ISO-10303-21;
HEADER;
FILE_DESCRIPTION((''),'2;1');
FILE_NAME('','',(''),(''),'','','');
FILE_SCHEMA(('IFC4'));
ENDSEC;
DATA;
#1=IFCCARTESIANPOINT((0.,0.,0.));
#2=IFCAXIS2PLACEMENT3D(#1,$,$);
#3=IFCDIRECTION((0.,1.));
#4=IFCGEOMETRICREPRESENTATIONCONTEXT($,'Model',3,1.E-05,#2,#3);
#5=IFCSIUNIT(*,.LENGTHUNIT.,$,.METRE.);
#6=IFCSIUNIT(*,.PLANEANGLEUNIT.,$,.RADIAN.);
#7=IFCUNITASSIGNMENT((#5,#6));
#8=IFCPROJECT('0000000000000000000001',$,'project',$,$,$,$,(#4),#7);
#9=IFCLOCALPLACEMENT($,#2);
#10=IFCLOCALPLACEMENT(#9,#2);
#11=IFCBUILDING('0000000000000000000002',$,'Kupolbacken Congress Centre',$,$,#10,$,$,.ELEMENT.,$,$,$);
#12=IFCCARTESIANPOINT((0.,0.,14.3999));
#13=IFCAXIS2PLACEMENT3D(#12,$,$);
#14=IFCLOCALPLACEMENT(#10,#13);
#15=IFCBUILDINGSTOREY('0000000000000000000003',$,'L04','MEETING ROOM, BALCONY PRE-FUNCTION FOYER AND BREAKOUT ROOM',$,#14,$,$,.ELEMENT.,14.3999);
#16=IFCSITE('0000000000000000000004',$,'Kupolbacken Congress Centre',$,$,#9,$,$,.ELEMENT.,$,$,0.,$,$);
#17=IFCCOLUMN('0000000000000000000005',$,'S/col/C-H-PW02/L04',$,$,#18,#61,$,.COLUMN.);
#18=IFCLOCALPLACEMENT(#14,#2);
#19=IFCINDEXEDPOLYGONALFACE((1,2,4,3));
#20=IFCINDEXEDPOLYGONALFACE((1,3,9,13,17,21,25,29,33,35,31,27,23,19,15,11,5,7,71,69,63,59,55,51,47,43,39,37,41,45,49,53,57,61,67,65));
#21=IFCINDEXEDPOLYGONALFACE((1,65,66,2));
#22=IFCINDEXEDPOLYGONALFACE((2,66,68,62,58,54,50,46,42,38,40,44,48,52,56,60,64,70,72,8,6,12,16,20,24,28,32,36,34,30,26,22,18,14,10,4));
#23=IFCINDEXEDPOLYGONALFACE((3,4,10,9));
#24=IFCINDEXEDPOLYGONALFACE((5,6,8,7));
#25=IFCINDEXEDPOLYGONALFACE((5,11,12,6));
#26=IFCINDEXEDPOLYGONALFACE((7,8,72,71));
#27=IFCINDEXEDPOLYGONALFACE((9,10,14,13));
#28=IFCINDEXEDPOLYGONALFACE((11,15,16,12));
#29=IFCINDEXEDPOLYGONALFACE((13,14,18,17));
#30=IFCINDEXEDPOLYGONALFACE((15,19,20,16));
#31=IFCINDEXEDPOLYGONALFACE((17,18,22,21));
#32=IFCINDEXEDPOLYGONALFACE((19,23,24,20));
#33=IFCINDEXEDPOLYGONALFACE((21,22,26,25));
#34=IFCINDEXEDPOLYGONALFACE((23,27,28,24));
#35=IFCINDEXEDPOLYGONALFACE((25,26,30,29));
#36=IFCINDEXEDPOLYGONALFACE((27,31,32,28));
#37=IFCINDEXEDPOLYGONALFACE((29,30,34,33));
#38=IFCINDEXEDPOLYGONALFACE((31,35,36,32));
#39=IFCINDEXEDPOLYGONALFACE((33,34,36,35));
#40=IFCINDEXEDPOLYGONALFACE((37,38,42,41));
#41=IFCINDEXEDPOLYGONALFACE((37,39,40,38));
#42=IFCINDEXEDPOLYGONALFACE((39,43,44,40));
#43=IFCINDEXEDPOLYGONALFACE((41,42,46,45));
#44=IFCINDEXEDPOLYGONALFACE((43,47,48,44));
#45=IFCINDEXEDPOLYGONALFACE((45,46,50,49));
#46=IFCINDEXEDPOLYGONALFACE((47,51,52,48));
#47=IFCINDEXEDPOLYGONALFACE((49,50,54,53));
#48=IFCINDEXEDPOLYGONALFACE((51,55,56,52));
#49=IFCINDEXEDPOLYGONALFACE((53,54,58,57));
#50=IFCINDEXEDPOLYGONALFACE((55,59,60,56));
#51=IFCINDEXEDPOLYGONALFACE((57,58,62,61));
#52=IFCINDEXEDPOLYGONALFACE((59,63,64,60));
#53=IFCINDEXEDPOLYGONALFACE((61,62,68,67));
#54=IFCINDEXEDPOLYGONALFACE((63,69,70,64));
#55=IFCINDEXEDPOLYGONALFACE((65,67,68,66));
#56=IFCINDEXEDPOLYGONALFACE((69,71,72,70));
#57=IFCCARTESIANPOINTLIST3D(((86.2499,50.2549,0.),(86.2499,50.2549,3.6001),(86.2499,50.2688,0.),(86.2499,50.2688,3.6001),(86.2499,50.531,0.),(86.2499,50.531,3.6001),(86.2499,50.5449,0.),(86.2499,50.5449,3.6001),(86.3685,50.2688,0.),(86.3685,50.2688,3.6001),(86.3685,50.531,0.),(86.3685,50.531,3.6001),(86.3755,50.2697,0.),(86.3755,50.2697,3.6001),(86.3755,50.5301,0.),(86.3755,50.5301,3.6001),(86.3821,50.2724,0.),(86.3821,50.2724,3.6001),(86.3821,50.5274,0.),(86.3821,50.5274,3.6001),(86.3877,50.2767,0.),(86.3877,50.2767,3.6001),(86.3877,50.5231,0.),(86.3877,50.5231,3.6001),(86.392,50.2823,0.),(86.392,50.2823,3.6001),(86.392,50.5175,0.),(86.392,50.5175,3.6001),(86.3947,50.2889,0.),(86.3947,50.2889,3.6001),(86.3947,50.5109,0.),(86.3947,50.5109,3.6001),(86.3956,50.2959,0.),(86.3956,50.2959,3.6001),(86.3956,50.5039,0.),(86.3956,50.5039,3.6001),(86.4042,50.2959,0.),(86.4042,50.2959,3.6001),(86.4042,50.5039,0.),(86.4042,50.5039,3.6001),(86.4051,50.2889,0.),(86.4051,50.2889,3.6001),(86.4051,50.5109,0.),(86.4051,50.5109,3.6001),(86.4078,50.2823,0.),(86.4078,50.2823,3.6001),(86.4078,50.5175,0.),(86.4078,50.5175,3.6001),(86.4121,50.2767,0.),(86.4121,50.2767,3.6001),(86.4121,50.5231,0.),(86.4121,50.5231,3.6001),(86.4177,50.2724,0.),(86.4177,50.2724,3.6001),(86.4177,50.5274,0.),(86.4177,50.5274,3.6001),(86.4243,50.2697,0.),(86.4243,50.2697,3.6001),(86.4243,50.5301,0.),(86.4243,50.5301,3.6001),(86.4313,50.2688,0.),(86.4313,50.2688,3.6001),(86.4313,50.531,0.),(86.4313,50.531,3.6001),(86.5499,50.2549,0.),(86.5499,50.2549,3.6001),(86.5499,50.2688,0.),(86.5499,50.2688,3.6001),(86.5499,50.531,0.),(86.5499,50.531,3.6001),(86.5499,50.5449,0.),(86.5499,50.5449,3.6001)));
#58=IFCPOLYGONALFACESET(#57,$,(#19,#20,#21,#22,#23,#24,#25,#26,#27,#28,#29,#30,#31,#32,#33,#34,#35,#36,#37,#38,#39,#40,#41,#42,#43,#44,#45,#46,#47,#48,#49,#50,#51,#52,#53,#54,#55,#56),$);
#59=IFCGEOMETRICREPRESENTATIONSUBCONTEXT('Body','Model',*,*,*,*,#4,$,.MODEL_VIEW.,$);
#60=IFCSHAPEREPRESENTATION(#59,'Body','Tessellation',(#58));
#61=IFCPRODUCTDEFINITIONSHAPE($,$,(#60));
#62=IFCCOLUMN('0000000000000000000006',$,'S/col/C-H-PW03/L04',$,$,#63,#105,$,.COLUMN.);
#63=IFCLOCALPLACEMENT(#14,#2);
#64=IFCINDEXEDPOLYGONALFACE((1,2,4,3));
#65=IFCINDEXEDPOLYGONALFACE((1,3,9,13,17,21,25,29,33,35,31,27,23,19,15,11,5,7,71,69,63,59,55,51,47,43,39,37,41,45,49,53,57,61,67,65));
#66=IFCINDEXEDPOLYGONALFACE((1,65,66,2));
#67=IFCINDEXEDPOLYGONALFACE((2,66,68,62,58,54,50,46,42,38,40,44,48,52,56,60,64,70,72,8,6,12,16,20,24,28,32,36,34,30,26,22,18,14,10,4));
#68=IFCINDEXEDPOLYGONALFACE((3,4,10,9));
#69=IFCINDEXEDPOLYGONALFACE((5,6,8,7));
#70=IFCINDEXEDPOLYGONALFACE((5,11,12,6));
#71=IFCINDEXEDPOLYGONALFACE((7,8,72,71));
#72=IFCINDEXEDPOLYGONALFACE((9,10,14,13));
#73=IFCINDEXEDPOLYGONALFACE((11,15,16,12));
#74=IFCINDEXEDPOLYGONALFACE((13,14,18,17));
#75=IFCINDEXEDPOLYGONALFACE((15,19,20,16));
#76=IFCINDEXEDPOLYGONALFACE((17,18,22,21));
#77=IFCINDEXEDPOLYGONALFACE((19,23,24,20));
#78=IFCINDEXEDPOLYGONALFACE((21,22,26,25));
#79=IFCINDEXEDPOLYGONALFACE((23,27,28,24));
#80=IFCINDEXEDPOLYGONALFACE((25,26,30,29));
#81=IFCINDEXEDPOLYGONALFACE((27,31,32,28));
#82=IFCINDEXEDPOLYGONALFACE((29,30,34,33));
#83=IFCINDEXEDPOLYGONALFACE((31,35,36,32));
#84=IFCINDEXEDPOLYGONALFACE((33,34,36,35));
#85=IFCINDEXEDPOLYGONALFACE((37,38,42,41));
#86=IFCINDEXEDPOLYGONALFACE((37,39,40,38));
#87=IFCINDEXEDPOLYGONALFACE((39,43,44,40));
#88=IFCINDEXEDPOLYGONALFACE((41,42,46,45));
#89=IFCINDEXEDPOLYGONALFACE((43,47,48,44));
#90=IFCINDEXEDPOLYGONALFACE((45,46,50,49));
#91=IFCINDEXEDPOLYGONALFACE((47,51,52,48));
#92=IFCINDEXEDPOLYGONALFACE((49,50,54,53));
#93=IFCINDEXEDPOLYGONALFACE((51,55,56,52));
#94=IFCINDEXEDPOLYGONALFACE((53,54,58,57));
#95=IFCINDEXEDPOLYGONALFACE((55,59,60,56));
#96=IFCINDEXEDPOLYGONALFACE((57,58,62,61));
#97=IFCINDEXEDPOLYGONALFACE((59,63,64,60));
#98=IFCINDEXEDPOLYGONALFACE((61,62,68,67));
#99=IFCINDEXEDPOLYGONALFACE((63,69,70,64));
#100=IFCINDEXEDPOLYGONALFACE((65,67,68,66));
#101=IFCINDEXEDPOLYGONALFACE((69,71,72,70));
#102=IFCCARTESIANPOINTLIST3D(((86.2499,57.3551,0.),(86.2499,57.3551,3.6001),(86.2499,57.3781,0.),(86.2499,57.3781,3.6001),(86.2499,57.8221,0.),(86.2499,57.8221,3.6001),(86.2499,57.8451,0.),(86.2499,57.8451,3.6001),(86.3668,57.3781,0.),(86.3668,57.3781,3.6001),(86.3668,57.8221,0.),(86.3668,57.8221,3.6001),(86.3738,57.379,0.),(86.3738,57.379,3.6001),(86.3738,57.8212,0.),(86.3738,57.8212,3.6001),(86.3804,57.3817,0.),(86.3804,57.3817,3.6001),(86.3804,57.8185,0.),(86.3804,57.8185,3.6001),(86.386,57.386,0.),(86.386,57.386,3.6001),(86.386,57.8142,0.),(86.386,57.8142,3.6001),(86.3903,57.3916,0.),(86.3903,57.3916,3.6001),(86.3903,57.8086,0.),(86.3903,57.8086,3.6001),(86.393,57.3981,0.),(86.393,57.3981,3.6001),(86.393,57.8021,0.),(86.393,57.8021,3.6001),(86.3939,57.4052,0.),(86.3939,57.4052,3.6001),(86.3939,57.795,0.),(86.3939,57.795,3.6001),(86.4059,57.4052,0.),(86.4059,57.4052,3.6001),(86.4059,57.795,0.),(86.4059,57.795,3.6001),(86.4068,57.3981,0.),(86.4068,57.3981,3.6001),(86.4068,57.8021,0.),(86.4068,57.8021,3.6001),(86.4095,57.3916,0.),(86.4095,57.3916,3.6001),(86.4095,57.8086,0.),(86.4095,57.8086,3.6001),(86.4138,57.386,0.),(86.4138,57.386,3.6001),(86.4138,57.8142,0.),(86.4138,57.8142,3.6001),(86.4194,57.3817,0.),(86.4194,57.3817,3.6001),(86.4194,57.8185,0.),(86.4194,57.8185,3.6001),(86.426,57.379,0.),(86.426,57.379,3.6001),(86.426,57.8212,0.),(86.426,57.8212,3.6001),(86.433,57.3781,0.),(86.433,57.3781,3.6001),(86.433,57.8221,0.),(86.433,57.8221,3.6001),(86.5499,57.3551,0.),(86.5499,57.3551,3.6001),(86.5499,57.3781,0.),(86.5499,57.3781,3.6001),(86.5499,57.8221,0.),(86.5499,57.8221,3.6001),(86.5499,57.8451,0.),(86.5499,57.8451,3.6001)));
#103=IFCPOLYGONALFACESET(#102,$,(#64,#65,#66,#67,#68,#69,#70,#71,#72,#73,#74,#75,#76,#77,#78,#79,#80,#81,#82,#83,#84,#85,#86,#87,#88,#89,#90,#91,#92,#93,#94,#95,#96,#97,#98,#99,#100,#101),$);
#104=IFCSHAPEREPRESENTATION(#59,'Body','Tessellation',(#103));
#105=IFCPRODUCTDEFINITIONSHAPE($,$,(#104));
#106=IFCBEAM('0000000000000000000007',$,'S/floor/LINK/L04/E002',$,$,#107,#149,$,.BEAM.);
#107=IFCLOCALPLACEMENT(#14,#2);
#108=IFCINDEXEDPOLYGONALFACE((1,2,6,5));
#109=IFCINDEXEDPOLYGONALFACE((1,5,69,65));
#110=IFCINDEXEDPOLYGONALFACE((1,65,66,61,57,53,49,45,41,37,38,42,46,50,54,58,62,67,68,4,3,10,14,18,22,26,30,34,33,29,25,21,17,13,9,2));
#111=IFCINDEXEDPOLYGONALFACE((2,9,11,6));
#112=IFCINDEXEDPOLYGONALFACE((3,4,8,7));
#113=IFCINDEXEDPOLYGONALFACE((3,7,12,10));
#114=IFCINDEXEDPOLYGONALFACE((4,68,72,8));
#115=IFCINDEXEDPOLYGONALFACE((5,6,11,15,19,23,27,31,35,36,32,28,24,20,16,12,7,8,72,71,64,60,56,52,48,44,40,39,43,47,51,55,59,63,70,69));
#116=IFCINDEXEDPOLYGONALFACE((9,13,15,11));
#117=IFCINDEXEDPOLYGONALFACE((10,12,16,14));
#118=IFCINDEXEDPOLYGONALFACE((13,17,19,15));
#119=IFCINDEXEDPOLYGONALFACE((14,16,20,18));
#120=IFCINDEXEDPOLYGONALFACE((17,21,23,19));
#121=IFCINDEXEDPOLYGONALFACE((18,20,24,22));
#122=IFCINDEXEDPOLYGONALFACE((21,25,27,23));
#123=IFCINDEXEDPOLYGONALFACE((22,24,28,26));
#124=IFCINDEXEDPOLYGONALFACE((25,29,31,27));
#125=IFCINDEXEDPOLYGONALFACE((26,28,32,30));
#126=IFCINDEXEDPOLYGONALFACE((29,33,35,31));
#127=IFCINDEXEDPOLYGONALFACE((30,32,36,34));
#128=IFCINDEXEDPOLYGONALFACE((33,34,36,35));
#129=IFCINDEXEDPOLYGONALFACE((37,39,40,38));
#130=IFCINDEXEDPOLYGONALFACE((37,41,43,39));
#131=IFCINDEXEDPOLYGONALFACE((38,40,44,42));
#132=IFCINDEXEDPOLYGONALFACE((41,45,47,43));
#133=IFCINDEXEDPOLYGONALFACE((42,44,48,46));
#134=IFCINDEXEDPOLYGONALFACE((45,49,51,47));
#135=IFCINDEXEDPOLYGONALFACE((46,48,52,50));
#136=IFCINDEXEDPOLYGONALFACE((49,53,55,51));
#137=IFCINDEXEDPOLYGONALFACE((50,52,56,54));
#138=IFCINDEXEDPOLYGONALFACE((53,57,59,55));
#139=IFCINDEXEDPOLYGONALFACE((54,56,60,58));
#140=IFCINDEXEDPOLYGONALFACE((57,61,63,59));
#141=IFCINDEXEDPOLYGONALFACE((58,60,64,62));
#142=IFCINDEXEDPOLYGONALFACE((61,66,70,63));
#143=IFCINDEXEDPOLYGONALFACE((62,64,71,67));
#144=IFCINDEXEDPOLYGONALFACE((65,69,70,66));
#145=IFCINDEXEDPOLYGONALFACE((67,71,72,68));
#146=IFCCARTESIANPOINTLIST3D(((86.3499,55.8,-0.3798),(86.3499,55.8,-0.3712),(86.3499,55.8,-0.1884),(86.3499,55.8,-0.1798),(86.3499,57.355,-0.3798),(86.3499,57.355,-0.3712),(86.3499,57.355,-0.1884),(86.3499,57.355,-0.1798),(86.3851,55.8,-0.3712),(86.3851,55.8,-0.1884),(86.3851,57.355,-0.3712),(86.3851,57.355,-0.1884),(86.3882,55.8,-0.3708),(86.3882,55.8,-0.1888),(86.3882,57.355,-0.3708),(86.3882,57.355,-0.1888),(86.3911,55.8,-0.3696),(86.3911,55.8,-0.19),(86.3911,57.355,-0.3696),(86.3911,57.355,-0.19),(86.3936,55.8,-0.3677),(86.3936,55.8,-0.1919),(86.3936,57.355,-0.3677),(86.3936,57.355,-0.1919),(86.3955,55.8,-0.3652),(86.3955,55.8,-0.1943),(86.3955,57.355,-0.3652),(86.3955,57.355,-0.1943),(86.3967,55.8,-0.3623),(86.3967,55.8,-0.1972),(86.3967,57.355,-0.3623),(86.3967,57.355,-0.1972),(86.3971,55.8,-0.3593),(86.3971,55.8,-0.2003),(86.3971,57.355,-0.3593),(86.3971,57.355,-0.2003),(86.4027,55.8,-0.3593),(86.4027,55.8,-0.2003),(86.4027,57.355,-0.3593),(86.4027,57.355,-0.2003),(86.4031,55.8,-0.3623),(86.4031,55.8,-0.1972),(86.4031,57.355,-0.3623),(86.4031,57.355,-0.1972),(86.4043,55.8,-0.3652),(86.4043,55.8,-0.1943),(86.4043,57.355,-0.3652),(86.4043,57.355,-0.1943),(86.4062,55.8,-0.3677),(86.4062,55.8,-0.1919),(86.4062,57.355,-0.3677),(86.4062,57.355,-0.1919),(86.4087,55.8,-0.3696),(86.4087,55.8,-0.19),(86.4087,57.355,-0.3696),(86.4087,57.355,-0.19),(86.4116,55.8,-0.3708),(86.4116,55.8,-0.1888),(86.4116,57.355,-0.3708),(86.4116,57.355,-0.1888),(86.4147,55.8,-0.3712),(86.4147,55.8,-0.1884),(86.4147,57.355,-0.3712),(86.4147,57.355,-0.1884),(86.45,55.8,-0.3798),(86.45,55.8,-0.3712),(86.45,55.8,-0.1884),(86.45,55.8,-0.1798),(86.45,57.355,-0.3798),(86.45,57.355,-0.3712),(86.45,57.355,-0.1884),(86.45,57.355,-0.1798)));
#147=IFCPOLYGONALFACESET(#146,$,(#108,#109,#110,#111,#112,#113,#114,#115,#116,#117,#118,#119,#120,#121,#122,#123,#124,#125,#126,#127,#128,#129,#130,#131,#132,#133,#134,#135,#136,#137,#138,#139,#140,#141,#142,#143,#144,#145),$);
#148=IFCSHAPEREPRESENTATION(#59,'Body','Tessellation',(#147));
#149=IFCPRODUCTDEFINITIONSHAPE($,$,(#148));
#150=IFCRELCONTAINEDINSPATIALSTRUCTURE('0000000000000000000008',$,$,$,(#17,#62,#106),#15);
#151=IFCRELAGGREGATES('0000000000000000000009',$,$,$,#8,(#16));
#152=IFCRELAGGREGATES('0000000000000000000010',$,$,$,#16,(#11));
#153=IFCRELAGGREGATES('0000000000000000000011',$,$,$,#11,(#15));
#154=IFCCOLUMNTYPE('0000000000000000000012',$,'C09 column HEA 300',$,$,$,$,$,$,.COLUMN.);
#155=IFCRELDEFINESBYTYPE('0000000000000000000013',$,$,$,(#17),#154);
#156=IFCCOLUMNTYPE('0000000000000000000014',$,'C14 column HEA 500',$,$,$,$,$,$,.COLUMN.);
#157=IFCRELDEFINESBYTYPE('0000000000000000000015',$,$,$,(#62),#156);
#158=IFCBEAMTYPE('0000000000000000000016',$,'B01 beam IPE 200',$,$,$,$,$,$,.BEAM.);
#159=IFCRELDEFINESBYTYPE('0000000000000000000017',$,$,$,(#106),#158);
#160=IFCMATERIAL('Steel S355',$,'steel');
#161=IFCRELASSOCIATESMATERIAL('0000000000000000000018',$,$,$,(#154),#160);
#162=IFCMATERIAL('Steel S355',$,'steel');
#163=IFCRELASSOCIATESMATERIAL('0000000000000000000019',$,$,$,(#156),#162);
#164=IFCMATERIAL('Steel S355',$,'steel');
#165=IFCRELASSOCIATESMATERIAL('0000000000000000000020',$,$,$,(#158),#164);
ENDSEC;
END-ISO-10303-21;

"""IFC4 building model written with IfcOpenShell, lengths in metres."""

from ifc_helpers import new_model, si_unit, direction, frame, origin, origin_2d, place, context, subcontext, project, spatial, i_section, extrude, material, material_profile, profile_set, type_object, element, save


model = new_model("IFC4")

# Units and contexts
model_context = context("Model", 3, precision=1e-05, world=origin(), true_north=direction((0.0, 1.0)))
body_context = subcontext(model_context, "Body", "Model", "MODEL_VIEW")
ifc_project = project(units=[si_unit("LENGTHUNIT", "METRE"), si_unit("PLANEANGLEUNIT", "RADIAN")], contexts=[model_context])

# Site, building, storey
site_placement = place(None, origin())
site = spatial("IfcSite", under=ifc_project, at=site_placement, Name="Kupolbacken Congress Centre", CompositionType="ELEMENT", RefElevation=0.0)
building_placement = place(site_placement, origin())
building = spatial("IfcBuilding", under=site, at=building_placement, Name="Kupolbacken Congress Centre", CompositionType="ELEMENT")
storey_placement = place(building_placement, frame((0.0, 0.0, 14.3999)))
storey = spatial("IfcBuildingStorey", under=building, at=storey_placement, Name="L04", Description="MEETING ROOM, BALCONY PRE-FUNCTION FOYER AND BREAKOUT ROOM", CompositionType="ELEMENT", Elevation=14.3999)

# Columns
ifc_material_1 = material(Name="Steel S355", Category="steel")
ifc_material_profile_1 = material_profile(ifc_material_1, i_section(OverallWidth=0.3, OverallDepth=0.29, WebThickness=0.0085, FlangeThickness=0.0139, FilletRadius=0.0271, at=origin_2d()), Name="HEA 300")
ifc_profile_set_1 = profile_set([ifc_material_profile_1], Name="Steel S355")
column_type_1 = type_object("IfcColumnType", Name="C09 column HEA 300", PredefinedType="COLUMN", material=ifc_profile_set_1)
column_1_placement = place(storey_placement, frame((86.3999, 50.3999, 0.0), z_axis=(0.0, 0.0, 1.0), x_axis=(1.0, 0.0, 0.0)))
element("IfcColumn", 1, at=column_1_placement, inside=storey, type_object=column_type_1, Name="S/col/C-H-PW02/L04", PredefinedType="COLUMN", context=body_context, shape_type="SweptSolid", body=[
    extrude(i_section(OverallWidth=0.3, OverallDepth=0.29, WebThickness=0.0085, FlangeThickness=0.0139, FilletRadius=0.0271, at=origin_2d()), origin(), (0.0, 0.0, 1.0), 3.6001),
])
ifc_material_2 = material(Name="Steel S355", Category="steel")
ifc_material_profile_2 = material_profile(ifc_material_2, i_section(OverallWidth=0.3, OverallDepth=0.49, WebThickness=0.012, FlangeThickness=0.0229, FilletRadius=0.0271, at=origin_2d()), Name="HEA 500")
ifc_profile_set_2 = profile_set([ifc_material_profile_2], Name="Steel S355")
column_type_2 = type_object("IfcColumnType", Name="C14 column HEA 500", PredefinedType="COLUMN", material=ifc_profile_set_2)
column_2_placement = place(storey_placement, frame((86.3999, 57.6001, 0.0), z_axis=(0.0, 0.0, 1.0), x_axis=(1.0, 0.0, 0.0)))
element("IfcColumn", 2, at=column_2_placement, inside=storey, type_object=column_type_2, Name="S/col/C-H-PW03/L04", PredefinedType="COLUMN", context=body_context, shape_type="SweptSolid", body=[
    extrude(i_section(OverallWidth=0.3, OverallDepth=0.49, WebThickness=0.012, FlangeThickness=0.0229, FilletRadius=0.0271, at=origin_2d()), origin(), (0.0, 0.0, 1.0), 3.6001),
])

# Beam
ifc_material_3 = material(Name="Steel S355", Category="steel")
ifc_material_profile_3 = material_profile(ifc_material_3, i_section(OverallWidth=0.1001, OverallDepth=0.2, WebThickness=0.0056, FlangeThickness=0.0085, FilletRadius=0.012, at=origin_2d()), Name="IPE 200")
ifc_profile_set_3 = profile_set([ifc_material_profile_3], Name="Steel S355")
beam_type_1 = type_object("IfcBeamType", Name="B01 beam IPE 200", PredefinedType="BEAM", material=ifc_profile_set_3)
beam_1_placement = place(storey_placement, frame((86.3999, 55.8, -0.2798), z_axis=(0.0, 1.0, 0.0), x_axis=(-1.0, 0.0, 0.0)))
element("IfcBeam", 3, at=beam_1_placement, inside=storey, type_object=beam_type_1, Name="S/floor/LINK/L04/E002", PredefinedType="BEAM", context=body_context, shape_type="SweptSolid", body=[
    extrude(i_section(OverallWidth=0.1001, OverallDepth=0.2, WebThickness=0.0056, FlangeThickness=0.0085, FilletRadius=0.012, at=origin_2d()), origin(), (0.0, 0.0, 1.0), 1.5549),
])

save(model, "model.ifc")
